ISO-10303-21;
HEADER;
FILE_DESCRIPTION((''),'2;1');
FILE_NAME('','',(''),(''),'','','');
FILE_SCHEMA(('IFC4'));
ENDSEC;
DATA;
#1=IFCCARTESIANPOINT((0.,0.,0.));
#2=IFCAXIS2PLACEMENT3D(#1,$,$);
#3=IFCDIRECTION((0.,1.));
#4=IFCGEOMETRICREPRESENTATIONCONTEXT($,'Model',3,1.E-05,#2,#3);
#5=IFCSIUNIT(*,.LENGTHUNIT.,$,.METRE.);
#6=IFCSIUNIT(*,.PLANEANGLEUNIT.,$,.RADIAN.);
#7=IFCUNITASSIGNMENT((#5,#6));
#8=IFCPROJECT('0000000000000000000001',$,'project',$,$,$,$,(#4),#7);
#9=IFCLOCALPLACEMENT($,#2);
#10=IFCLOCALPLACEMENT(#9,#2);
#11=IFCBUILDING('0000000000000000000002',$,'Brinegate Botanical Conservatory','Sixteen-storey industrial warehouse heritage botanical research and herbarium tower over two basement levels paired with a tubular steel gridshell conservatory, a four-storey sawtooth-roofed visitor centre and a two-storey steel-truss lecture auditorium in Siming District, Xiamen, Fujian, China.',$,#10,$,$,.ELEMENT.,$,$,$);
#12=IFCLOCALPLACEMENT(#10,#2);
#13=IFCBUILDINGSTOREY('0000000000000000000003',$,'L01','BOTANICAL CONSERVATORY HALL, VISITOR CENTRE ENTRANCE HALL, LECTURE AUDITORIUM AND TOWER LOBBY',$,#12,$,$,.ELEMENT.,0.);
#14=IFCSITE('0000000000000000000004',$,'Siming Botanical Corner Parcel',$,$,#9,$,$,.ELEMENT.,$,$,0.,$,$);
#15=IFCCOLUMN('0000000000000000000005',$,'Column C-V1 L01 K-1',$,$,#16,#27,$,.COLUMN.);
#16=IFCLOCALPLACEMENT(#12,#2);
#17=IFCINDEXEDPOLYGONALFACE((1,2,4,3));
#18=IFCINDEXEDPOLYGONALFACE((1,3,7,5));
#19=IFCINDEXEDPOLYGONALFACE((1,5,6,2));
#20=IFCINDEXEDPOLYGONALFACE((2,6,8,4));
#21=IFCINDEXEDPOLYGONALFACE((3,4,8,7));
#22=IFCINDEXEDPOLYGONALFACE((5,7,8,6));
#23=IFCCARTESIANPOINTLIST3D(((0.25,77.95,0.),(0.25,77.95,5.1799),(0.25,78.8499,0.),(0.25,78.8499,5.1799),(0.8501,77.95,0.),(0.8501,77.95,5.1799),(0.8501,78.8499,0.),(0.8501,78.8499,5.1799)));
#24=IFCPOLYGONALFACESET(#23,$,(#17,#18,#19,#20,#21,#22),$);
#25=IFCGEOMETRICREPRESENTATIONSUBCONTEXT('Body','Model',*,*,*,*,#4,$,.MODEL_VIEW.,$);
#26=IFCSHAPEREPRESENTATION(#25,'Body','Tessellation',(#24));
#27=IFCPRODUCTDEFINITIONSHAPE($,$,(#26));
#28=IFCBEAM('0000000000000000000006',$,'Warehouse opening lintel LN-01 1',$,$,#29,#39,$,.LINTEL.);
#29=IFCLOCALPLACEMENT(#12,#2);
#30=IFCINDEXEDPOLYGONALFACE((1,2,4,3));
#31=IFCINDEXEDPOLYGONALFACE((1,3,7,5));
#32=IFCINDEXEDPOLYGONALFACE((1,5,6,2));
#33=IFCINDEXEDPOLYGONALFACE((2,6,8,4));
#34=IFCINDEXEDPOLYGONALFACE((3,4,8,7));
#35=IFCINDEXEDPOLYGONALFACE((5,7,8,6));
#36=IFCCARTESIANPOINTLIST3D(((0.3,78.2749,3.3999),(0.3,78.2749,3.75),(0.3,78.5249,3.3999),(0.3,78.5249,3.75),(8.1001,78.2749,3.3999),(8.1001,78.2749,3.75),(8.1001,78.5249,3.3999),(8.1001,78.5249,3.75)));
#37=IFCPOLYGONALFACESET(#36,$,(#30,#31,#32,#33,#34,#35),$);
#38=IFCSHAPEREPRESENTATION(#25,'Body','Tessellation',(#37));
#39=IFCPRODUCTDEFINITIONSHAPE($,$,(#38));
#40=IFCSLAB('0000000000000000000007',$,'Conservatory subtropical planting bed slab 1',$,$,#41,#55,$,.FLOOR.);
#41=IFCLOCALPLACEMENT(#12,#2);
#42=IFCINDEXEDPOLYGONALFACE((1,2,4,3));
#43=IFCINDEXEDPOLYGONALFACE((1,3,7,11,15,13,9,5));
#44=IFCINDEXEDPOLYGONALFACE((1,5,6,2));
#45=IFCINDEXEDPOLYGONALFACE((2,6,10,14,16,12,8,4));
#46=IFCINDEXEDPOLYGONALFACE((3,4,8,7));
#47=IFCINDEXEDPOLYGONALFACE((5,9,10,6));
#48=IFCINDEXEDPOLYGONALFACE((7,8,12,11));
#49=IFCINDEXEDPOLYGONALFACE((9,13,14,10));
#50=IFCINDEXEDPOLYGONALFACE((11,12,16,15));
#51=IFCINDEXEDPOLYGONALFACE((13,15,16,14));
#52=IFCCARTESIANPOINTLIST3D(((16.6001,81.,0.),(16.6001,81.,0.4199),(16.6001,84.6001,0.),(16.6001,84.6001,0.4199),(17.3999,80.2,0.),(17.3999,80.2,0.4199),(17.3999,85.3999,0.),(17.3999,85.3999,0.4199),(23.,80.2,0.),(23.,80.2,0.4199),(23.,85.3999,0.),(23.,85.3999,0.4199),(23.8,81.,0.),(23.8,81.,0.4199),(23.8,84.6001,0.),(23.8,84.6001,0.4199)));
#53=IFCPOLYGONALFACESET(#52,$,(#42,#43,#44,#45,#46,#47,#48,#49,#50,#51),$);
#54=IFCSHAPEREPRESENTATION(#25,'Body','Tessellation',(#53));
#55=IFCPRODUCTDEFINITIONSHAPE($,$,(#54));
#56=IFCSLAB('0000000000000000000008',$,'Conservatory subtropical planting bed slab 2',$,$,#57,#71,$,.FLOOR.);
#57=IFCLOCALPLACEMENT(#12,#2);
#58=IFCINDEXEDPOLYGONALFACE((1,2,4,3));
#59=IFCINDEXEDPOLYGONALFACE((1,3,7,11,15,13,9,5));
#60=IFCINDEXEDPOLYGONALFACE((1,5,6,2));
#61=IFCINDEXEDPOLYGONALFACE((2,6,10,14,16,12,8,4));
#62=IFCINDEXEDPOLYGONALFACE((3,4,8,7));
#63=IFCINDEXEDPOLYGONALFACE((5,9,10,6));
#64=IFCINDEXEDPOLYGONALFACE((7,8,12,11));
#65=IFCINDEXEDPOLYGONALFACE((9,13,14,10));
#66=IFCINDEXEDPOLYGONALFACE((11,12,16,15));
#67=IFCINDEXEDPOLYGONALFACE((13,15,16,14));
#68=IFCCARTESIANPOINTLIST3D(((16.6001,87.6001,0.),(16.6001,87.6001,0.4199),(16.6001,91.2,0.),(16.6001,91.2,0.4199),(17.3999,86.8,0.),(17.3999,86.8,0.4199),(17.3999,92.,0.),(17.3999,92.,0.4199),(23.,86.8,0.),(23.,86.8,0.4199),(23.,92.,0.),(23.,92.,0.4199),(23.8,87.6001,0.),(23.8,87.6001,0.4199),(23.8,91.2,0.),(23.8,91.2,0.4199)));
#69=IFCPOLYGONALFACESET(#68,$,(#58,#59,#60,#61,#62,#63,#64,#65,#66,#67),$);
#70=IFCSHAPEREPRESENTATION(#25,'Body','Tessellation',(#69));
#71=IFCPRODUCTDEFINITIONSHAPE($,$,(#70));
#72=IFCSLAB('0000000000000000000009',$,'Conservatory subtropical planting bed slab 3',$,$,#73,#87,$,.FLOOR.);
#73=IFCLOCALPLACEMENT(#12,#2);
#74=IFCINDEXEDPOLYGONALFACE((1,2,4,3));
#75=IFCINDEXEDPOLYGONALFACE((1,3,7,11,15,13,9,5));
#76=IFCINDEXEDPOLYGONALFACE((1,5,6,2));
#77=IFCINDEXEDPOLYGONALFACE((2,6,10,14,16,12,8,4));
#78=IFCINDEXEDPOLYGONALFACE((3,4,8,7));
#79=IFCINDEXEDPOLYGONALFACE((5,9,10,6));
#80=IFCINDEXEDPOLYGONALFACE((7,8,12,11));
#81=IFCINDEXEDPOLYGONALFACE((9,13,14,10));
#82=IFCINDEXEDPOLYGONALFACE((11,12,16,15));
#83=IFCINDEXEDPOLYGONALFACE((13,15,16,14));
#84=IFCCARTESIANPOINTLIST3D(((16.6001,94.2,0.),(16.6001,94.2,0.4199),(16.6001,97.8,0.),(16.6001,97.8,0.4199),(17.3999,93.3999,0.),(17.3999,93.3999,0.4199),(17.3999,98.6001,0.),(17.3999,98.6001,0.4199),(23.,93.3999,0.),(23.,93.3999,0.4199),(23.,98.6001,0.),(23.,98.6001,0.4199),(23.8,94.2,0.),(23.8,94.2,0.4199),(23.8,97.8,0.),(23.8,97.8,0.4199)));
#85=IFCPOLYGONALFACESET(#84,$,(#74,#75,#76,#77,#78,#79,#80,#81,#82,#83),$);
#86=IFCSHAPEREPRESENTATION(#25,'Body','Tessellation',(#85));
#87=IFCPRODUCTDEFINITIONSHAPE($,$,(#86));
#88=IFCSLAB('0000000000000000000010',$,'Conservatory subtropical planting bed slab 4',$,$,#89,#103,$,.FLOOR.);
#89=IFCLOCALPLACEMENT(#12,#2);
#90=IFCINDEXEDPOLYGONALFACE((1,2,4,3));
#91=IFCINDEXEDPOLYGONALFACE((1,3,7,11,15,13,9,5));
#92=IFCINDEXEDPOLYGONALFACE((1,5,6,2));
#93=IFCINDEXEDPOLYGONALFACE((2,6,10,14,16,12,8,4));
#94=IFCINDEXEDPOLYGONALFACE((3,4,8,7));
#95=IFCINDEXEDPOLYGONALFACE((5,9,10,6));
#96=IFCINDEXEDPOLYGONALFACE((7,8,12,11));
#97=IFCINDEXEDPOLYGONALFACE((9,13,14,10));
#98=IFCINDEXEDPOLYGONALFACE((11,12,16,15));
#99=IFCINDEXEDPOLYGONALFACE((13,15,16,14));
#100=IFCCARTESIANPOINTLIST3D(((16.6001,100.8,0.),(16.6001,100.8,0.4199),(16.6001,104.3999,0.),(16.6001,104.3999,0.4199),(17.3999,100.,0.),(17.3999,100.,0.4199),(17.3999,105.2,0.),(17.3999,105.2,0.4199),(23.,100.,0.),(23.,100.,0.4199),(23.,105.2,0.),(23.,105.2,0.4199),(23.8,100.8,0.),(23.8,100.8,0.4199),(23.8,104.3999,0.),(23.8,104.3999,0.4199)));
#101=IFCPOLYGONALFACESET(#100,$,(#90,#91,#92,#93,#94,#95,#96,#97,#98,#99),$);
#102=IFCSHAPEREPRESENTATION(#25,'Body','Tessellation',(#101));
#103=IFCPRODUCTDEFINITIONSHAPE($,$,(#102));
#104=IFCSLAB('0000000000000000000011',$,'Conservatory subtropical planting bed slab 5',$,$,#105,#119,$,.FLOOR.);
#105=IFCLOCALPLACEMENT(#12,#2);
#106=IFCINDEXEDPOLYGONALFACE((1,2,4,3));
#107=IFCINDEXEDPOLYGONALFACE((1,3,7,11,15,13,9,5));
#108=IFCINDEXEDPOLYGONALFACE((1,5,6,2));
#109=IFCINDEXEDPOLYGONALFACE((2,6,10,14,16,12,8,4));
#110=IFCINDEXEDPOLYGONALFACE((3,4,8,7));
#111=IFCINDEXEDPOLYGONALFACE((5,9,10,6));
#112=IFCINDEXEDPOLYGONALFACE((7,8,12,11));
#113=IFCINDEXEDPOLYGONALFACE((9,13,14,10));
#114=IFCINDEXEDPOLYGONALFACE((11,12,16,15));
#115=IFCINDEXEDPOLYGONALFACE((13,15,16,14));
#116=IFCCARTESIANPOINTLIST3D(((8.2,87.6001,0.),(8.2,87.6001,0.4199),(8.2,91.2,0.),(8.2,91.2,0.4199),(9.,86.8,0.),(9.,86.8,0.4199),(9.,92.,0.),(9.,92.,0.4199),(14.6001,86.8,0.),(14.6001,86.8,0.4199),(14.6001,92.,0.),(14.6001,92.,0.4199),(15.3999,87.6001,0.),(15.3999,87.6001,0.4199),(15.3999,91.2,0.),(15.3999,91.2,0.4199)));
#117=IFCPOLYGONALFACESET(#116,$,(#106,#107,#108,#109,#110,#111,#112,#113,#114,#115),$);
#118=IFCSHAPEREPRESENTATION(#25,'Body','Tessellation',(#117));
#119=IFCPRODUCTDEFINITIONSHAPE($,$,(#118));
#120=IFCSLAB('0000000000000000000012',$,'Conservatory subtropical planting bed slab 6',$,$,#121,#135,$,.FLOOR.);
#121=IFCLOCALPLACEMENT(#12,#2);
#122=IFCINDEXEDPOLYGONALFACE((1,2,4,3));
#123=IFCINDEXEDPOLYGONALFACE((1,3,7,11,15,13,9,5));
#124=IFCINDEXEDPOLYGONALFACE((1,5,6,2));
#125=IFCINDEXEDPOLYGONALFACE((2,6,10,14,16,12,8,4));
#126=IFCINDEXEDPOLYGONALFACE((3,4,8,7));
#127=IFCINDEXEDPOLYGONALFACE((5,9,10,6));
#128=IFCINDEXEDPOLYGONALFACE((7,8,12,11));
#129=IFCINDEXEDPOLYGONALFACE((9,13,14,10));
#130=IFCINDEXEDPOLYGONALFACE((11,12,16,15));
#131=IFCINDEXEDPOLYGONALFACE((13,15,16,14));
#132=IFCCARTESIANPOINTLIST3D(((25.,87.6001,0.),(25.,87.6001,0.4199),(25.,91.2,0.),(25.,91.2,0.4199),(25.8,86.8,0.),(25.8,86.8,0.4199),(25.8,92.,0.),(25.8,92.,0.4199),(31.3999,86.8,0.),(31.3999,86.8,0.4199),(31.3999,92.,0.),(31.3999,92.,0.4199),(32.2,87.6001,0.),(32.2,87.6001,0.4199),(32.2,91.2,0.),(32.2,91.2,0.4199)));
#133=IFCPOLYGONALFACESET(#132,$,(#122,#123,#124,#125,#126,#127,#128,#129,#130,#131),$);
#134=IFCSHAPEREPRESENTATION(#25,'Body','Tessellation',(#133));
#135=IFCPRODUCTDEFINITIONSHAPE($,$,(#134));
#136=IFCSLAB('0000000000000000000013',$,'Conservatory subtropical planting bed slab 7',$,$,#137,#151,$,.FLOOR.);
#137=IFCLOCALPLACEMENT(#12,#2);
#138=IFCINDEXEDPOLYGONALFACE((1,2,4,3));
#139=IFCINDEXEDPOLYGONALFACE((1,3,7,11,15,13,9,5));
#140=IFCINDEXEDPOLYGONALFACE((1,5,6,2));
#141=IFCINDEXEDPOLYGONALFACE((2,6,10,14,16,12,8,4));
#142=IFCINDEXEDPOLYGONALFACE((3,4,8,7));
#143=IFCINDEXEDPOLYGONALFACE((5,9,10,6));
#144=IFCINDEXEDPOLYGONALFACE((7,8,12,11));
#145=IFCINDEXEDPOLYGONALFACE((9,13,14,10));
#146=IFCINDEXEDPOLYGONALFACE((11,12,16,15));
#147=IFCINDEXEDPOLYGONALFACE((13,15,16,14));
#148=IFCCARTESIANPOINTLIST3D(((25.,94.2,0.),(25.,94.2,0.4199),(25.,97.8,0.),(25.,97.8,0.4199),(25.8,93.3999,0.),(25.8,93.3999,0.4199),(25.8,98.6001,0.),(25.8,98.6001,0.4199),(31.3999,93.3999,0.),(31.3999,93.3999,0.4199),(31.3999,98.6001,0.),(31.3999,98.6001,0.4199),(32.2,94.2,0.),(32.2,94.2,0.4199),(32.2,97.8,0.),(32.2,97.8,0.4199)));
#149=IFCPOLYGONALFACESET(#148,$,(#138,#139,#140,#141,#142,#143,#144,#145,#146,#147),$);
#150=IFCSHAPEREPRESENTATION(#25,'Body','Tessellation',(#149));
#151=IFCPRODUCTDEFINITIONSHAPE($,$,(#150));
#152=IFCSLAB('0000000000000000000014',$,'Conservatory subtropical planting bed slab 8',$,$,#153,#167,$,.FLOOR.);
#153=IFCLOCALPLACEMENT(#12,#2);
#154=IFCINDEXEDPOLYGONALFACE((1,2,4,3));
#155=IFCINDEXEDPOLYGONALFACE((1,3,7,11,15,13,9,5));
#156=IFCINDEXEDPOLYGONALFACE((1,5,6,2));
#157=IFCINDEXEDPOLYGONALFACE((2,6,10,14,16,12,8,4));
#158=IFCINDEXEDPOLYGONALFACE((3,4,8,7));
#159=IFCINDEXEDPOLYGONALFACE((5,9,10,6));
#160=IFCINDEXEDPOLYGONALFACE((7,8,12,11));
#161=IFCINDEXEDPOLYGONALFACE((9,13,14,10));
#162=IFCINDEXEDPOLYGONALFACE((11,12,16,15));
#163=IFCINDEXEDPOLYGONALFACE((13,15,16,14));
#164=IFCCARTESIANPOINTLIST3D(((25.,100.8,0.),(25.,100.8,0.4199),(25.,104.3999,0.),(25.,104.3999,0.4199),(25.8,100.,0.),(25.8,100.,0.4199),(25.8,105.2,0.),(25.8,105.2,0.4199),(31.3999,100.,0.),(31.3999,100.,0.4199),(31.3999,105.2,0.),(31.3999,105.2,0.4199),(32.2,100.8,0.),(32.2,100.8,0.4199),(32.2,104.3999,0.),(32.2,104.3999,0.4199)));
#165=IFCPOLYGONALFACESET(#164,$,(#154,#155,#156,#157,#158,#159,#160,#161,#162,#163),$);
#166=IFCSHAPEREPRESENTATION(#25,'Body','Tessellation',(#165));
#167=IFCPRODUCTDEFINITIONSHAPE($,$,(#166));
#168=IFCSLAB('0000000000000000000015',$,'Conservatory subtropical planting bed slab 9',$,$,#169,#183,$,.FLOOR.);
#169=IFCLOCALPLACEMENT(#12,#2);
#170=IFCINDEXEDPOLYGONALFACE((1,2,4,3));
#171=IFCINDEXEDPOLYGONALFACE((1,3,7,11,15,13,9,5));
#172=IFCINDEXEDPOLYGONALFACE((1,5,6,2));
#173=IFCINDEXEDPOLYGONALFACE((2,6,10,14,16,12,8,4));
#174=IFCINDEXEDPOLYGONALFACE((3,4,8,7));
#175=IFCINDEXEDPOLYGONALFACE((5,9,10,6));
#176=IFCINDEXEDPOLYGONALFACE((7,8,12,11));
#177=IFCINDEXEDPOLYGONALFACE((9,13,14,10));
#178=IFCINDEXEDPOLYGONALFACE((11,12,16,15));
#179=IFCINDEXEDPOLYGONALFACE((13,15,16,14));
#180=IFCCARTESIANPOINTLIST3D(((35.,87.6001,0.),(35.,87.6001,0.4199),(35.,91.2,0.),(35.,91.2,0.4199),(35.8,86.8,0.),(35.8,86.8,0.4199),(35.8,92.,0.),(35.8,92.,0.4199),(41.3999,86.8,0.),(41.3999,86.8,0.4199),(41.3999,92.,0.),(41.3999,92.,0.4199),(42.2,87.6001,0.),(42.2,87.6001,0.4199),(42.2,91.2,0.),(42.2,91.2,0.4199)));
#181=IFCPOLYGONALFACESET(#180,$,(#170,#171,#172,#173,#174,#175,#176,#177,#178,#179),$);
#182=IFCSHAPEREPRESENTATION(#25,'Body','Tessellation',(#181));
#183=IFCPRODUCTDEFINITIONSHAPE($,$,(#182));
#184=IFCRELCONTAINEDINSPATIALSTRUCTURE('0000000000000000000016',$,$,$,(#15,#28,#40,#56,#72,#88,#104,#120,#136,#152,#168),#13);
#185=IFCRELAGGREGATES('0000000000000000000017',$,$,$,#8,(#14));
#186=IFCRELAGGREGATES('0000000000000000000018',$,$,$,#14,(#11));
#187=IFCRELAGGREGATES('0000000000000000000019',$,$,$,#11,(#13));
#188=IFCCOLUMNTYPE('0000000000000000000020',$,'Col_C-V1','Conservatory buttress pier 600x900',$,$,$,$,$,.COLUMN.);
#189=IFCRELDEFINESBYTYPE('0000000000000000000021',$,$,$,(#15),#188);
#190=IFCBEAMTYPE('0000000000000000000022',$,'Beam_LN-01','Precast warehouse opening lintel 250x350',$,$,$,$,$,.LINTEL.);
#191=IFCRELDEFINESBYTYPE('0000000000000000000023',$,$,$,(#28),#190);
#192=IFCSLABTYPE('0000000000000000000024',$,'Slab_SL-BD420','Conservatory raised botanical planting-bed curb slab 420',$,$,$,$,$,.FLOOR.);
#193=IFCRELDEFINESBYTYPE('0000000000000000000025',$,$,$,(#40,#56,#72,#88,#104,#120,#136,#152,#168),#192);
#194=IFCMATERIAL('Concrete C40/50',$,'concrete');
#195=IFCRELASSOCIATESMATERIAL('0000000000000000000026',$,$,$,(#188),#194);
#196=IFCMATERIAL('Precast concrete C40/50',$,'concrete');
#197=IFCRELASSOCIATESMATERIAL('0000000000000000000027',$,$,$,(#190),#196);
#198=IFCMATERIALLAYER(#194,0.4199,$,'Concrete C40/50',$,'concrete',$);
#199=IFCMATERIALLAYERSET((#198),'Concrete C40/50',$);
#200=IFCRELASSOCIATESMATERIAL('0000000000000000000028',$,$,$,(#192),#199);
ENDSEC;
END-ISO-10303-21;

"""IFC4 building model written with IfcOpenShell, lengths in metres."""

from ifc_helpers import new_model, si_unit, direction, frame, origin, origin_2d, place, context, subcontext, project, spatial, polyline, rectangle, outline, extrude, material, layer, layer_set, material_profile, profile_set, type_object, element, save


model = new_model("IFC4")

# Units and contexts
model_context = context("Model", 3, precision=1e-05, world=origin(), true_north=direction((0.0, 1.0)))
body_context = subcontext(model_context, "Body", "Model", "MODEL_VIEW")
ifc_project = project(units=[si_unit("LENGTHUNIT", "METRE"), si_unit("PLANEANGLEUNIT", "RADIAN")], contexts=[model_context])

# Site, building, storey
site_placement = place(None, origin())
site = spatial("IfcSite", under=ifc_project, at=site_placement, Name="Siming Botanical Corner Parcel", CompositionType="ELEMENT", RefElevation=0.0)
building_placement = place(site_placement, origin())
building = spatial("IfcBuilding", under=site, at=building_placement, Name="Brinegate Botanical Conservatory", Description="Sixteen-storey industrial warehouse heritage botanical research and herbarium tower over two basement levels paired with a tubular steel gridshell conservatory, a four-storey sawtooth-roofed visitor centre and a two-storey steel-truss lecture auditorium in Siming District, Xiamen, Fujian, China.", CompositionType="ELEMENT")
storey_placement = place(building_placement, origin())
storey = spatial("IfcBuildingStorey", under=building, at=storey_placement, Name="L01", Description="BOTANICAL CONSERVATORY HALL, VISITOR CENTRE ENTRANCE HALL, LECTURE AUDITORIUM AND TOWER LOBBY", CompositionType="ELEMENT", Elevation=0.0)

# Column
ifc_material_1 = material(Name="Concrete C40/50", Category="concrete")
ifc_material_profile_1 = material_profile(ifc_material_1, rectangle(XDim=0.6001, YDim=0.8999, at=origin_2d()), Name="RC PIER 600x900")
ifc_profile_set_1 = profile_set([ifc_material_profile_1], Name="Concrete C40/50")
column_type = type_object("IfcColumnType", Name="Col_C-V1", Description="Conservatory buttress pier 600x900", PredefinedType="COLUMN", material=ifc_profile_set_1)
column_placement = place(storey_placement, frame((0.55, 78.3999, 0.0), z_axis=(0.0, 0.0, 1.0), x_axis=(1.0, 0.0, 0.0)))
element("IfcColumn", 1, at=column_placement, inside=storey, type_object=column_type, Name="Column C-V1 L01 K-1", PredefinedType="COLUMN", context=body_context, shape_type="SweptSolid", body=[
    extrude(rectangle(XDim=0.6001, YDim=0.8999, at=origin_2d()), origin(), (0.0, 0.0, 1.0), 5.1799),
])

# Beam
ifc_material_2 = material(Name="Precast concrete C40/50", Category="concrete")
ifc_material_profile_2 = material_profile(ifc_material_2, rectangle(XDim=0.25, YDim=0.3501, at=origin_2d()), Name="RC LNT 250x350")
ifc_profile_set_2 = profile_set([ifc_material_profile_2], Name="Precast concrete C40/50")
beam_type = type_object("IfcBeamType", Name="Beam_LN-01", Description="Precast warehouse opening lintel 250x350", PredefinedType="LINTEL", material=ifc_profile_set_2)
beam_placement = place(storey_placement, frame((0.3, 78.3999, 3.575), z_axis=(1.0, 0.0, 0.0), x_axis=(0.0, 1.0, 0.0)))
element("IfcBeam", 2, at=beam_placement, inside=storey, type_object=beam_type, Name="Warehouse opening lintel LN-01 1", PredefinedType="LINTEL", context=body_context, shape_type="SweptSolid", body=[
    extrude(rectangle(XDim=0.25, YDim=0.3501, at=origin_2d()), origin(), (0.0, 0.0, 1.0), 7.8),
])

# Slabs
ifc_layer_1 = layer(ifc_material_1, 0.4199, Name="Concrete C40/50", Category="concrete")
ifc_layer_set_1 = layer_set([ifc_layer_1], Name="Concrete C40/50")
slab_type_1 = type_object("IfcSlabType", Name="Slab_SL-BD420", Description="Conservatory raised botanical planting-bed curb slab 420", PredefinedType="FLOOR", material=ifc_layer_set_1)
slab_1_placement = place(storey_placement, origin())
element("IfcSlab", 3, at=slab_1_placement, inside=storey, type_object=slab_type_1, Name="Conservatory subtropical planting bed slab 1", PredefinedType="FLOOR", context=body_context, shape_type="SweptSolid", body=[
    extrude(outline(polyline([(17.3999, 80.2), (23.0, 80.2), (23.8, 81.0), (23.8, 84.6001), (23.0, 85.3999), (17.3999, 85.3999), (16.6001, 84.6001), (16.6001, 81.0), (17.3999, 80.2)])), origin(), (0.0, 0.0, 1.0), 0.4199),
])
slab_2_placement = place(storey_placement, origin())
element("IfcSlab", 4, at=slab_2_placement, inside=storey, type_object=slab_type_1, Name="Conservatory subtropical planting bed slab 2", PredefinedType="FLOOR", context=body_context, shape_type="SweptSolid", body=[
    extrude(outline(polyline([(17.3999, 86.8), (23.0, 86.8), (23.8, 87.6001), (23.8, 91.2), (23.0, 92.0), (17.3999, 92.0), (16.6001, 91.2), (16.6001, 87.6001), (17.3999, 86.8)])), origin(), (0.0, 0.0, 1.0), 0.4199),
])
slab_3_placement = place(storey_placement, origin())
element("IfcSlab", 5, at=slab_3_placement, inside=storey, type_object=slab_type_1, Name="Conservatory subtropical planting bed slab 3", PredefinedType="FLOOR", context=body_context, shape_type="SweptSolid", body=[
    extrude(outline(polyline([(17.3999, 93.3999), (23.0, 93.3999), (23.8, 94.2), (23.8, 97.8), (23.0, 98.6001), (17.3999, 98.6001), (16.6001, 97.8), (16.6001, 94.2), (17.3999, 93.3999)])), origin(), (0.0, 0.0, 1.0), 0.4199),
])
slab_4_placement = place(storey_placement, origin())
element("IfcSlab", 6, at=slab_4_placement, inside=storey, type_object=slab_type_1, Name="Conservatory subtropical planting bed slab 4", PredefinedType="FLOOR", context=body_context, shape_type="SweptSolid", body=[
    extrude(outline(polyline([(17.3999, 100.0), (23.0, 100.0), (23.8, 100.8), (23.8, 104.3999), (23.0, 105.2), (17.3999, 105.2), (16.6001, 104.3999), (16.6001, 100.8), (17.3999, 100.0)])), origin(), (0.0, 0.0, 1.0), 0.4199),
])
slab_5_placement = place(storey_placement, origin())
element("IfcSlab", 7, at=slab_5_placement, inside=storey, type_object=slab_type_1, Name="Conservatory subtropical planting bed slab 5", PredefinedType="FLOOR", context=body_context, shape_type="SweptSolid", body=[
    extrude(outline(polyline([(9.0, 86.8), (14.6001, 86.8), (15.3999, 87.6001), (15.3999, 91.2), (14.6001, 92.0), (9.0, 92.0), (8.2, 91.2), (8.2, 87.6001), (9.0, 86.8)])), origin(), (0.0, 0.0, 1.0), 0.4199),
])
slab_6_placement = place(storey_placement, origin())
element("IfcSlab", 8, at=slab_6_placement, inside=storey, type_object=slab_type_1, Name="Conservatory subtropical planting bed slab 6", PredefinedType="FLOOR", context=body_context, shape_type="SweptSolid", body=[
    extrude(outline(polyline([(25.8, 86.8), (31.3999, 86.8), (32.2, 87.6001), (32.2, 91.2), (31.3999, 92.0), (25.8, 92.0), (25.0, 91.2), (25.0, 87.6001), (25.8, 86.8)])), origin(), (0.0, 0.0, 1.0), 0.4199),
])
slab_7_placement = place(storey_placement, origin())
element("IfcSlab", 9, at=slab_7_placement, inside=storey, type_object=slab_type_1, Name="Conservatory subtropical planting bed slab 7", PredefinedType="FLOOR", context=body_context, shape_type="SweptSolid", body=[
    extrude(outline(polyline([(25.8, 93.3999), (31.3999, 93.3999), (32.2, 94.2), (32.2, 97.8), (31.3999, 98.6001), (25.8, 98.6001), (25.0, 97.8), (25.0, 94.2), (25.8, 93.3999)])), origin(), (0.0, 0.0, 1.0), 0.4199),
])
slab_8_placement = place(storey_placement, origin())
element("IfcSlab", 10, at=slab_8_placement, inside=storey, type_object=slab_type_1, Name="Conservatory subtropical planting bed slab 8", PredefinedType="FLOOR", context=body_context, shape_type="SweptSolid", body=[
    extrude(outline(polyline([(25.8, 100.0), (31.3999, 100.0), (32.2, 100.8), (32.2, 104.3999), (31.3999, 105.2), (25.8, 105.2), (25.0, 104.3999), (25.0, 100.8), (25.8, 100.0)])), origin(), (0.0, 0.0, 1.0), 0.4199),
])
slab_9_placement = place(storey_placement, origin())
element("IfcSlab", 11, at=slab_9_placement, inside=storey, type_object=slab_type_1, Name="Conservatory subtropical planting bed slab 9", PredefinedType="FLOOR", context=body_context, shape_type="SweptSolid", body=[
    extrude(outline(polyline([(35.8, 86.8), (41.3999, 86.8), (42.2, 87.6001), (42.2, 91.2), (41.3999, 92.0), (35.8, 92.0), (35.0, 91.2), (35.0, 87.6001), (35.8, 86.8)])), origin(), (0.0, 0.0, 1.0), 0.4199),
])

save(model, "model.ifc")
